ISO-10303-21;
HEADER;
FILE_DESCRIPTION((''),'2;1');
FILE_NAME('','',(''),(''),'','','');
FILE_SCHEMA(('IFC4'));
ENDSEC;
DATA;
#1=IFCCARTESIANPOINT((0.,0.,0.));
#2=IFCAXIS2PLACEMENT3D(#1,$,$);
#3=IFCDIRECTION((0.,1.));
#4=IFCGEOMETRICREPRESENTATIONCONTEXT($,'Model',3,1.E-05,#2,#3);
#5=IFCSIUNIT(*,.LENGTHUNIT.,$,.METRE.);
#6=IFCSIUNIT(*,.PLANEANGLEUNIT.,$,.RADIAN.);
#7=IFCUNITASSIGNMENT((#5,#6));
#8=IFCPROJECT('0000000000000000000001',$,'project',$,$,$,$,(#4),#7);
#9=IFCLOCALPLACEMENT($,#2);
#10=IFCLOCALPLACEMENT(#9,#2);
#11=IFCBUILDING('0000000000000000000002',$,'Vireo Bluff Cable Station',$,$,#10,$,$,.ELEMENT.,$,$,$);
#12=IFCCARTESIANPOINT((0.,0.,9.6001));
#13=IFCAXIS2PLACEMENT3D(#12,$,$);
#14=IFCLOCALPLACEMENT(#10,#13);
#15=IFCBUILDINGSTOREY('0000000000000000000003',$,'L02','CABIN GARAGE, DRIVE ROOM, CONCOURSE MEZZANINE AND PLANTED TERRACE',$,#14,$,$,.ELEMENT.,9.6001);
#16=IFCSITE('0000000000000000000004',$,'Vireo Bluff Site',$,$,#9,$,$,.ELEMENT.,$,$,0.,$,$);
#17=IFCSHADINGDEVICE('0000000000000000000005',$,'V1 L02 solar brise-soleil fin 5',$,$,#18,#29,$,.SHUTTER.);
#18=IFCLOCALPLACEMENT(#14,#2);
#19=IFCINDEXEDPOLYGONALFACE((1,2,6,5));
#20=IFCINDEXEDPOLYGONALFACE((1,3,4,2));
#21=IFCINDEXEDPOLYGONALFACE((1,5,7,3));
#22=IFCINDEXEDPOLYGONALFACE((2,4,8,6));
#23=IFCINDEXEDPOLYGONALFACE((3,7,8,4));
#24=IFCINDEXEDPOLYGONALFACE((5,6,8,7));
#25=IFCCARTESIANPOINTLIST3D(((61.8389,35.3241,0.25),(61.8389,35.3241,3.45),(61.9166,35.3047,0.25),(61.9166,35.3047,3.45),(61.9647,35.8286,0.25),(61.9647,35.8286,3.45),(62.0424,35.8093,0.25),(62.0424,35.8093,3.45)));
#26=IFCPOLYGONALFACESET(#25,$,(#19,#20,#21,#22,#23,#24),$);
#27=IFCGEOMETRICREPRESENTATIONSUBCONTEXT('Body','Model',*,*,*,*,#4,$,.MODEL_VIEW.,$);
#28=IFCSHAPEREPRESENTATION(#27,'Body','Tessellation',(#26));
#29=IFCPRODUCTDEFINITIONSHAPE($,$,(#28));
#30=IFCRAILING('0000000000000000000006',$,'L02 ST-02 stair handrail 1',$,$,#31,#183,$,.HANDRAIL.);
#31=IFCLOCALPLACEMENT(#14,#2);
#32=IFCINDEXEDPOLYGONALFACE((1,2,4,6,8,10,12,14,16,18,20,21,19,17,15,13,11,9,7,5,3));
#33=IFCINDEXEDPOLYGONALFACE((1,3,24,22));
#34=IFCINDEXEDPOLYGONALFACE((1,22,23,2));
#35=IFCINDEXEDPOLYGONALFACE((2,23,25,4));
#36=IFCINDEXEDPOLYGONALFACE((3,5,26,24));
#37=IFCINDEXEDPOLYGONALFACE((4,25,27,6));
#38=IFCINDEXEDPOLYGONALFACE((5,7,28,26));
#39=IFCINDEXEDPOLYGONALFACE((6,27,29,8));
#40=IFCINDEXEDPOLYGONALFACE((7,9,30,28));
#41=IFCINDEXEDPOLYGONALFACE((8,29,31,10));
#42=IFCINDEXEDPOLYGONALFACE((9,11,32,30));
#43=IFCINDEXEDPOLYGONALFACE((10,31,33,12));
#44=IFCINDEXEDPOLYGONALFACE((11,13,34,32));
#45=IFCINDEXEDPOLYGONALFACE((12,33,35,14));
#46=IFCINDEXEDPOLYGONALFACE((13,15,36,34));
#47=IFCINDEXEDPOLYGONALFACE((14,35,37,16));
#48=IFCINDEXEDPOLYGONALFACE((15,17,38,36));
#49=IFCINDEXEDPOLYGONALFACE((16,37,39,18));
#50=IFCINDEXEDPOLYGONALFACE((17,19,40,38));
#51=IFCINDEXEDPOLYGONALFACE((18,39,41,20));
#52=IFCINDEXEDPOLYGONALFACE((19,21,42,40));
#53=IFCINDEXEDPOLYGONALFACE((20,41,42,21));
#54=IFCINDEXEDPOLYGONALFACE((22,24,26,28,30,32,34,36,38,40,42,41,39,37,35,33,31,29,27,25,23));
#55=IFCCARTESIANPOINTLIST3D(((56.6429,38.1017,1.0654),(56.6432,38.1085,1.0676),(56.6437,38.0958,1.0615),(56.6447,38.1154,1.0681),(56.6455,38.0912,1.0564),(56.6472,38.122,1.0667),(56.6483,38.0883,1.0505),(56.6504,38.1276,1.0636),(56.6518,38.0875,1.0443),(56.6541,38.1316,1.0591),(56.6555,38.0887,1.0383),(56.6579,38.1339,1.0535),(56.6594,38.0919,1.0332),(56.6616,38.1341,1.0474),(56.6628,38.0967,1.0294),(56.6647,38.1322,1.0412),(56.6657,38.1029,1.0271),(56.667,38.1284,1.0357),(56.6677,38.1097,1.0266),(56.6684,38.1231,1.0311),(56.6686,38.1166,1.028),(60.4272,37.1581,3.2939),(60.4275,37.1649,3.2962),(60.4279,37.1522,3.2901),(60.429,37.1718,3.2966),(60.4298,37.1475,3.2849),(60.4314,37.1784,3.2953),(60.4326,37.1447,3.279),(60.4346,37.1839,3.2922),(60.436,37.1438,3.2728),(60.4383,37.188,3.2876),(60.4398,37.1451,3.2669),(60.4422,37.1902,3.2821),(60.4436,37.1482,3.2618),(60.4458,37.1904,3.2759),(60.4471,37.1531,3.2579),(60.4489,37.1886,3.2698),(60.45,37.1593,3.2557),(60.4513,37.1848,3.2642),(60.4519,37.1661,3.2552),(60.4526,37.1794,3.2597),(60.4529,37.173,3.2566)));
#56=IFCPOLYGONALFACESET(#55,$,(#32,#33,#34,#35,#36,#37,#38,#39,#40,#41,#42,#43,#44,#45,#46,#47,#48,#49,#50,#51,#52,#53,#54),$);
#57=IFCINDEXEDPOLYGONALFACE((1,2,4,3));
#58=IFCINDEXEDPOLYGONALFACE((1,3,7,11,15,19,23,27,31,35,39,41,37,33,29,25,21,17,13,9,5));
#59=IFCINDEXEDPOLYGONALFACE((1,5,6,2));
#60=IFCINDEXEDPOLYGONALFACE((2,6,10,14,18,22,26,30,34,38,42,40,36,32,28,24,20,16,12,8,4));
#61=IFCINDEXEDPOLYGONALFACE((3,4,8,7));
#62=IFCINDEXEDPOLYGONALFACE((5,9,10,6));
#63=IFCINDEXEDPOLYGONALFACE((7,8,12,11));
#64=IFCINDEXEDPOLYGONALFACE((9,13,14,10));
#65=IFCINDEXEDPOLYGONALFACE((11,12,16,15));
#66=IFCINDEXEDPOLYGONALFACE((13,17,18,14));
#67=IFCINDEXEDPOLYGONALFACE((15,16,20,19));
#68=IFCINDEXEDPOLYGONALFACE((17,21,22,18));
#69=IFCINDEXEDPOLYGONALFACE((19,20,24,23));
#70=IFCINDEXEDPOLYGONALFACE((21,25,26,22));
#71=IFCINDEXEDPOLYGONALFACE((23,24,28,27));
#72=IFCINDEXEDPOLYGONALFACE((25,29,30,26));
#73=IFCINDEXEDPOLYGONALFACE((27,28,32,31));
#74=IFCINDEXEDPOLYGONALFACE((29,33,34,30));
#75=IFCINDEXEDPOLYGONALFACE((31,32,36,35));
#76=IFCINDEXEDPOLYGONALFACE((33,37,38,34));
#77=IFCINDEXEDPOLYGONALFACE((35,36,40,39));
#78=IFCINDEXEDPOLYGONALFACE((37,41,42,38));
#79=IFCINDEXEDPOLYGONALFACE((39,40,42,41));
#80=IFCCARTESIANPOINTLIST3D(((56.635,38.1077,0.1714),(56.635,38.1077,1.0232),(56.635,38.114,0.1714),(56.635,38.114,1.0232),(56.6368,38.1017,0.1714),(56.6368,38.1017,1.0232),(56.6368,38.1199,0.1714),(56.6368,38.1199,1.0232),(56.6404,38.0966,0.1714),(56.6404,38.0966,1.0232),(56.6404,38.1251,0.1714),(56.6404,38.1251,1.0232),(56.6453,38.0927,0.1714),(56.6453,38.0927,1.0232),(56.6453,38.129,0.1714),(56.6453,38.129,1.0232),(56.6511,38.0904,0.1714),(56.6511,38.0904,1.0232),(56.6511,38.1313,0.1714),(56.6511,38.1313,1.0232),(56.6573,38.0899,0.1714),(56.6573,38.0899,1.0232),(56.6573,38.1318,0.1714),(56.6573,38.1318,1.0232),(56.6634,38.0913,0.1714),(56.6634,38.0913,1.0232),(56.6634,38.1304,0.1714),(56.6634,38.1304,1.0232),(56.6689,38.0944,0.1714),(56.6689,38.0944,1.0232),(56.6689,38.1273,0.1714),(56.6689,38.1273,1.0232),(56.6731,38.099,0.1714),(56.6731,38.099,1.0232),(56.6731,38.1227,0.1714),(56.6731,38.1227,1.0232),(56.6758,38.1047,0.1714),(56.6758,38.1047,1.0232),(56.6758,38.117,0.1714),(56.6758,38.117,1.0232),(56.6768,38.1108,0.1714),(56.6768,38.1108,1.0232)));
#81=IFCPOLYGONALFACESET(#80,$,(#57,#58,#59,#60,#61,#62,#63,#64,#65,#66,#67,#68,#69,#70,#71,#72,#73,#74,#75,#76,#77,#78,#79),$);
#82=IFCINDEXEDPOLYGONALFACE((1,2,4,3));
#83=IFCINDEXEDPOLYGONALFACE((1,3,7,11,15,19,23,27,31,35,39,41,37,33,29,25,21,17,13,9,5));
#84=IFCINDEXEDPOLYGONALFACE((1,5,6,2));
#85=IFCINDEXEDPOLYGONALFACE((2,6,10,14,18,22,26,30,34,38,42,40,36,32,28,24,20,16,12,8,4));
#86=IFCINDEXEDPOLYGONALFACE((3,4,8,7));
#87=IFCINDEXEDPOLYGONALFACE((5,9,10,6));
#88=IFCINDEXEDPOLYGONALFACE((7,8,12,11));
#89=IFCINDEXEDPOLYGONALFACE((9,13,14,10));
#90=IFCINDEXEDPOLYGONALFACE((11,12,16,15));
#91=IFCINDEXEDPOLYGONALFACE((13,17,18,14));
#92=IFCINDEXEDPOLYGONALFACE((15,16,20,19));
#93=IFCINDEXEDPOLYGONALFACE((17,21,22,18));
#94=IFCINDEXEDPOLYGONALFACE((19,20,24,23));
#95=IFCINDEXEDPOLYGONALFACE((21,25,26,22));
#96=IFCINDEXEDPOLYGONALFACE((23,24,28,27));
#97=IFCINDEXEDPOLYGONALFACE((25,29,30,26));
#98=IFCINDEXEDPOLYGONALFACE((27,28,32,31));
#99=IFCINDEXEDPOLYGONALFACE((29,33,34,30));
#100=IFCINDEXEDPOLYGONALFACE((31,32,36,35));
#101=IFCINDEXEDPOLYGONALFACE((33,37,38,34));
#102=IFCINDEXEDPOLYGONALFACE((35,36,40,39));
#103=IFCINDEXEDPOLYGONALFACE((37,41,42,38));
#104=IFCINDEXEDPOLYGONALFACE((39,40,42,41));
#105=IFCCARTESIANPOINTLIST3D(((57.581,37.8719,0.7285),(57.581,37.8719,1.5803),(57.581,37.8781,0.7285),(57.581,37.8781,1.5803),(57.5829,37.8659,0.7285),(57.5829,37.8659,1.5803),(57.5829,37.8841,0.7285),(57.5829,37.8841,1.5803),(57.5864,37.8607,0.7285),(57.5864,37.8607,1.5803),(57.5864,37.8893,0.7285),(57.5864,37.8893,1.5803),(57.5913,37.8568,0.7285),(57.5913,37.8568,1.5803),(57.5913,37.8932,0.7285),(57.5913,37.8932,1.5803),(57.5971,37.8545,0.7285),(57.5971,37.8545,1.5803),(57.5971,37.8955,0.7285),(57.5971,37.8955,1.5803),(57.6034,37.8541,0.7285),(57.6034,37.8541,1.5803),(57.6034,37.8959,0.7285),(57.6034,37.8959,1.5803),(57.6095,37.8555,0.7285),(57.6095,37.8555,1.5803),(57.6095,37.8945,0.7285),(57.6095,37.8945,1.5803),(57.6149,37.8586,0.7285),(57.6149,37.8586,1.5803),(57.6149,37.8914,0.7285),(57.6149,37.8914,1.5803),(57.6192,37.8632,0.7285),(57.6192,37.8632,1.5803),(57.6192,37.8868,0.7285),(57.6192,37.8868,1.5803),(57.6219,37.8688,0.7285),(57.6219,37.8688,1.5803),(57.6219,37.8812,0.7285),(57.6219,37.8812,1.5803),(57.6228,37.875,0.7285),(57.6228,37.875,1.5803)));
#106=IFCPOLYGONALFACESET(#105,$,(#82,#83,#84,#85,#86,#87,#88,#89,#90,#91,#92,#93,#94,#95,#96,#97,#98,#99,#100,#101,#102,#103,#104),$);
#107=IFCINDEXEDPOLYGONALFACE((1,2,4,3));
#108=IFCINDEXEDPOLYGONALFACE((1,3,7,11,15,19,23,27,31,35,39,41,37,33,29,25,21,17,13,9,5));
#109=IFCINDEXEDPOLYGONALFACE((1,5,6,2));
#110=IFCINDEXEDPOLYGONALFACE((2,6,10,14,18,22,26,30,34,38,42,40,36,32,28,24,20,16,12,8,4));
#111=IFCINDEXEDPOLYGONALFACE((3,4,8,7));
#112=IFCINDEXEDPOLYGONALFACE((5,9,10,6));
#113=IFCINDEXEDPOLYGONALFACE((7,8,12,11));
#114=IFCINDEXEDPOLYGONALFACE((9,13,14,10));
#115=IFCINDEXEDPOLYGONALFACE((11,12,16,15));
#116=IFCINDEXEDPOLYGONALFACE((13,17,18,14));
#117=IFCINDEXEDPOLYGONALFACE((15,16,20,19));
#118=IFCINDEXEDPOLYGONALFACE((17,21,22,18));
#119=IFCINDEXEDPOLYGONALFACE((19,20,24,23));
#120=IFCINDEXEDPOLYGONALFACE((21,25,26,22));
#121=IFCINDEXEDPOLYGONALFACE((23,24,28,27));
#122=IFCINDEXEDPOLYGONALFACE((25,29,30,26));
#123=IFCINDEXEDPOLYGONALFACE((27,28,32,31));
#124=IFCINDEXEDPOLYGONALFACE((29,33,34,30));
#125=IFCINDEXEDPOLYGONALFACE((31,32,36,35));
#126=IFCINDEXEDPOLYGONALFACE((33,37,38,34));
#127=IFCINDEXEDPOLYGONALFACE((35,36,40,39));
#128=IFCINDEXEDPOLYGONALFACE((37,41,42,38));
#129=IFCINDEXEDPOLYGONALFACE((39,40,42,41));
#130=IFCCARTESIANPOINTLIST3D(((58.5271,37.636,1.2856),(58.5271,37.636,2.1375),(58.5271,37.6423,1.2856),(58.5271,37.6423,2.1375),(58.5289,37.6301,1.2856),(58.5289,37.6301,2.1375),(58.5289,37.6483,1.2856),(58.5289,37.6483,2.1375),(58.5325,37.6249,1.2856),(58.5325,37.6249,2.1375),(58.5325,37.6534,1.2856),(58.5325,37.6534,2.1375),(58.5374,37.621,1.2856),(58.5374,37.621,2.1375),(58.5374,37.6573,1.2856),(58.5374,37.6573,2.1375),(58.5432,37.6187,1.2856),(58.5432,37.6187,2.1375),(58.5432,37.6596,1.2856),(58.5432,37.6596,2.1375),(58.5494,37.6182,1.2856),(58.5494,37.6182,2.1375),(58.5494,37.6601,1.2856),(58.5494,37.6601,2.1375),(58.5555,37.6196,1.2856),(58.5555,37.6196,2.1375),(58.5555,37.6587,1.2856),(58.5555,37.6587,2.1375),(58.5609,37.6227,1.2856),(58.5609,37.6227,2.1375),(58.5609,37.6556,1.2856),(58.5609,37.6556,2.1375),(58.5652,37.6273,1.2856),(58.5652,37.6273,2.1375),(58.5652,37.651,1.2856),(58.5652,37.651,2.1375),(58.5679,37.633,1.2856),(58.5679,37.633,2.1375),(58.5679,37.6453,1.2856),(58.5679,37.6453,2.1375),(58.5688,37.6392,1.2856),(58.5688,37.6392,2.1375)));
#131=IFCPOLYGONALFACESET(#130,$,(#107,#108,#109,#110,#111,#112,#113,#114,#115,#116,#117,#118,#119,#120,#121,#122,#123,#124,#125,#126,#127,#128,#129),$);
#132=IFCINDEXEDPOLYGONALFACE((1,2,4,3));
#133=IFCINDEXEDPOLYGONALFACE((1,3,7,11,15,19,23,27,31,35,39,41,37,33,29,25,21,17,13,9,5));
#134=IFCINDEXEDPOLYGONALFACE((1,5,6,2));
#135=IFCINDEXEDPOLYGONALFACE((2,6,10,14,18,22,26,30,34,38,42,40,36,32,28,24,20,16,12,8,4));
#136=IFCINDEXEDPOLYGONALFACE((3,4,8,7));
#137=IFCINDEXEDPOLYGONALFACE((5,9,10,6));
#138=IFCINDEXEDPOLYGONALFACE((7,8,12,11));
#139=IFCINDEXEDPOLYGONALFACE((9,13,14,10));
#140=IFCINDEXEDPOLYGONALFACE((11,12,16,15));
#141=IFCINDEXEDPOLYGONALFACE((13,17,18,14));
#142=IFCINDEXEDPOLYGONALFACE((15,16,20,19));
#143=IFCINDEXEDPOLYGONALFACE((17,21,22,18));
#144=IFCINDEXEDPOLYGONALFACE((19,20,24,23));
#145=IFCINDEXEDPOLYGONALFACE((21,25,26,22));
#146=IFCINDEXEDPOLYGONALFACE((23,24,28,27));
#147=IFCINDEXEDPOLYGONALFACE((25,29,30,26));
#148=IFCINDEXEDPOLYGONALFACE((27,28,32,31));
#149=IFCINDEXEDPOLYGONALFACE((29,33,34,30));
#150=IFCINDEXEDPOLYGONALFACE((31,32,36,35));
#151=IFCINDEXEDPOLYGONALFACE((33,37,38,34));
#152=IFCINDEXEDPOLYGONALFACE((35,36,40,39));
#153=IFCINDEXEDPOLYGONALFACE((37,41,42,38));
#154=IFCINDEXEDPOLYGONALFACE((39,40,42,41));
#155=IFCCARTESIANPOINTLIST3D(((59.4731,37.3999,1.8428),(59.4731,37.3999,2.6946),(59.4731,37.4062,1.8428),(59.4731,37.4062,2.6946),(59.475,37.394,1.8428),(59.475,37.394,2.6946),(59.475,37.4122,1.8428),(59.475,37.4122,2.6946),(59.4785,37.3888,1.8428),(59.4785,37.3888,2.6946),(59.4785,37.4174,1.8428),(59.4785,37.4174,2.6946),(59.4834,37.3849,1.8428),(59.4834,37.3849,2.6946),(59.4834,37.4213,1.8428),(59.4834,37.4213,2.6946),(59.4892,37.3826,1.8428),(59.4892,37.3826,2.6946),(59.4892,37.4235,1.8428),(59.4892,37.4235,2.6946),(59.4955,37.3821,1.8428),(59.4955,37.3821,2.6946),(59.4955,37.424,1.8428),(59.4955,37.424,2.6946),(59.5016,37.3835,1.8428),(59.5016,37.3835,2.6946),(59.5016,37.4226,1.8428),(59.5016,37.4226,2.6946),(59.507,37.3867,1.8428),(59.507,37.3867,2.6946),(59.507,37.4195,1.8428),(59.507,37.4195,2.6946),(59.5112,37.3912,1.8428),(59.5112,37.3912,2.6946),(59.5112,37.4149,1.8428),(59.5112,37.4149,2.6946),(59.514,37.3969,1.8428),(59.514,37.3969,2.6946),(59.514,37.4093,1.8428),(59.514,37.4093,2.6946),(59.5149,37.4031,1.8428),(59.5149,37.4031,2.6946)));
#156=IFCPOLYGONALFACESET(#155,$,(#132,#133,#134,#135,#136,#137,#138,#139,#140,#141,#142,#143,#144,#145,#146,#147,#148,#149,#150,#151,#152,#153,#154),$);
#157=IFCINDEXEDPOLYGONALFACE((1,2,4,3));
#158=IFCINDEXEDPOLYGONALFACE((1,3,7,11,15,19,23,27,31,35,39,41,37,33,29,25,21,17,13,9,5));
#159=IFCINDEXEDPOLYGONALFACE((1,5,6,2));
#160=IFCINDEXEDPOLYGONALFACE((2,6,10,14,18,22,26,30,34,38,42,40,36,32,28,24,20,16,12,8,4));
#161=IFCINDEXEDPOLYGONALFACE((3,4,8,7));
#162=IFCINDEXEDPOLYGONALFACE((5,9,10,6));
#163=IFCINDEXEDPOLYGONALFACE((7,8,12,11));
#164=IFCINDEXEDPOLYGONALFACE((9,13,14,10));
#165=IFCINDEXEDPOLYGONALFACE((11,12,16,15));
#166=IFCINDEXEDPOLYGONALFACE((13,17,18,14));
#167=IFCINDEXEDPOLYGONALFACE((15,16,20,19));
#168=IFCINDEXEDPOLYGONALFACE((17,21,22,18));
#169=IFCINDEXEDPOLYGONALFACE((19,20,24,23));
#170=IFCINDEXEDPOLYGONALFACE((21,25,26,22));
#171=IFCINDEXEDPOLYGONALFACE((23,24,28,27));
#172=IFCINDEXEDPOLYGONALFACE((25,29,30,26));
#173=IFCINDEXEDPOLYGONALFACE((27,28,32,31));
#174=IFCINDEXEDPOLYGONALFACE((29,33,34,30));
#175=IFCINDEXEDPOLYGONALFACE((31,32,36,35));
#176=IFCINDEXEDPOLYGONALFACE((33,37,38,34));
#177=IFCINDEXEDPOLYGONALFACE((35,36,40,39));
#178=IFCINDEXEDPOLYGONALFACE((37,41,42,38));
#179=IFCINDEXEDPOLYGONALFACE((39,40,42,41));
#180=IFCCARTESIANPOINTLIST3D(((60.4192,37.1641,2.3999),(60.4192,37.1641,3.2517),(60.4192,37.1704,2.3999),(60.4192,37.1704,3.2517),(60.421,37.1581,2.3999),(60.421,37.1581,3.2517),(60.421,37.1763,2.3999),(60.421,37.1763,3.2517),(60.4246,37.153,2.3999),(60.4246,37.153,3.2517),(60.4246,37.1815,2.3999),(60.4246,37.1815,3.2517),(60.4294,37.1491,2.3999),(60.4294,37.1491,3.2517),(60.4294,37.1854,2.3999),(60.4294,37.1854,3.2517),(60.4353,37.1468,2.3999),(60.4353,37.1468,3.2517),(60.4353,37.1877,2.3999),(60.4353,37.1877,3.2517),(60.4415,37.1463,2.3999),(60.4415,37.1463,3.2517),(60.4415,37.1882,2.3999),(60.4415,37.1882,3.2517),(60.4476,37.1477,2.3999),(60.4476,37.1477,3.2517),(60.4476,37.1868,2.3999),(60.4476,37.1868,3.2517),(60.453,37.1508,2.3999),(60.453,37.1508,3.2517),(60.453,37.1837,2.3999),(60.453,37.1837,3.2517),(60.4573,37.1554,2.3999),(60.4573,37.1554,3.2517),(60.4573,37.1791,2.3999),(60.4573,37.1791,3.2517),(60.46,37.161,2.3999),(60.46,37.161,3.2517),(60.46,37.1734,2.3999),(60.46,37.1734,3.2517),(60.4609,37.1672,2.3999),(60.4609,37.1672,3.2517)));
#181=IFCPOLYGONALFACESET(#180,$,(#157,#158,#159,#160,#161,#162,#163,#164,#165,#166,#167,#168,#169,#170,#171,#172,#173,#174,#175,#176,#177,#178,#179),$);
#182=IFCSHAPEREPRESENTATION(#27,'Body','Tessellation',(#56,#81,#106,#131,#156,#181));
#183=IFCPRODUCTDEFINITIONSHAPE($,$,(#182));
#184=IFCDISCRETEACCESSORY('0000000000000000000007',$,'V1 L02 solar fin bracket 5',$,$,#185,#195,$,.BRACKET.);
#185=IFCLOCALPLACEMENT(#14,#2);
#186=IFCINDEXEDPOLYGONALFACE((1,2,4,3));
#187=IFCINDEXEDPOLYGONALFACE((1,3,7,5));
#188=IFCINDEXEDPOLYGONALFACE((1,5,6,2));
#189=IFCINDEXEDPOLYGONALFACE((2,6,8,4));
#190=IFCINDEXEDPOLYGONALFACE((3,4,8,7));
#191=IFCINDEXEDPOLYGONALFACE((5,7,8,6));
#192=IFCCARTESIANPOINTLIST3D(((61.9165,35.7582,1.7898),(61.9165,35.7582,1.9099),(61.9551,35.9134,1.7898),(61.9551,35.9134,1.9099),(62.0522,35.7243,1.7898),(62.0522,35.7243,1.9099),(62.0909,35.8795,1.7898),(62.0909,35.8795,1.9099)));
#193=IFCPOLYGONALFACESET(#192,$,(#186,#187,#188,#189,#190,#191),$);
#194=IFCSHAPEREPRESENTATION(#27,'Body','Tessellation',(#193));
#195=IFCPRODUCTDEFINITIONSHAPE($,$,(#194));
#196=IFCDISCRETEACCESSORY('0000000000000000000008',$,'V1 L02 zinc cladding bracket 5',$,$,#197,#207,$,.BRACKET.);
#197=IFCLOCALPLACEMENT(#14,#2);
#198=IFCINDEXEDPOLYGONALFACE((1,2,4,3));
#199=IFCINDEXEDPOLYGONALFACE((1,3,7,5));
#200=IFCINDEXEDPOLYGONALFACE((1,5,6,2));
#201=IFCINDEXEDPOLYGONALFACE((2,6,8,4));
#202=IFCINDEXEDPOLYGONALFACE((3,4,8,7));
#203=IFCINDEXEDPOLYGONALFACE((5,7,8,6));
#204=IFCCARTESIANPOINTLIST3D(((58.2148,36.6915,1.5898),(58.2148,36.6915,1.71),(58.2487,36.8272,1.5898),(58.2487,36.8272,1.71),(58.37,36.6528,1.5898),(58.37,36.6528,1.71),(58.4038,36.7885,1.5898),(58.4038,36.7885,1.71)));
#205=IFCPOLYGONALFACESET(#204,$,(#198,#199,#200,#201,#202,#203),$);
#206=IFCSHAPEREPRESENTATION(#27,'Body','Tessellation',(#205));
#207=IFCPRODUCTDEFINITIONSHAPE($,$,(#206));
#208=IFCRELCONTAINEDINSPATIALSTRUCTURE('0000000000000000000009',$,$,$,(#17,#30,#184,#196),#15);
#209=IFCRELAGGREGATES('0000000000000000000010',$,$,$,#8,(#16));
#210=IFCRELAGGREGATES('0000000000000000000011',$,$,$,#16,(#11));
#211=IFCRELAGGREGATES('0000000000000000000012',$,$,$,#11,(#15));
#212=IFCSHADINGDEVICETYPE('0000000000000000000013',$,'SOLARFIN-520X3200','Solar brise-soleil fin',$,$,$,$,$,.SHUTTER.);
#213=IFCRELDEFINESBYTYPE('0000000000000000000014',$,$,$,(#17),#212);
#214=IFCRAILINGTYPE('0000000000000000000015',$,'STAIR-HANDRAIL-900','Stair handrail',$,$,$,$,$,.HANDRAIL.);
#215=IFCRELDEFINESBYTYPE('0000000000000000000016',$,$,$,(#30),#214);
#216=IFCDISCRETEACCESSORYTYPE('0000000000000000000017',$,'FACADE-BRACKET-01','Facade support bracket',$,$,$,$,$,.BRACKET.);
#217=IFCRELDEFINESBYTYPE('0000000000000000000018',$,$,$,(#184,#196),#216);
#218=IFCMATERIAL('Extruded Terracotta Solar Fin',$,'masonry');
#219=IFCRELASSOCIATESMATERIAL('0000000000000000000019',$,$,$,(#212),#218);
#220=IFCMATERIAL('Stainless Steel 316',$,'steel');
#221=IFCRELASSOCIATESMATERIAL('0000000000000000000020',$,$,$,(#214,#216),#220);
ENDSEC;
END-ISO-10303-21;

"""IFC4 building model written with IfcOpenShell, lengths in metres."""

from ifc_helpers import new_model, si_unit, direction, frame, origin, origin_2d, place, context, subcontext, project, spatial, rectangle, circle, extrude, material, type_object, element, save


model = new_model("IFC4")

# Units and contexts
model_context = context("Model", 3, precision=1e-05, world=origin(), true_north=direction((0.0, 1.0)))
body_context = subcontext(model_context, "Body", "Model", "MODEL_VIEW")
ifc_project = project(units=[si_unit("LENGTHUNIT", "METRE"), si_unit("PLANEANGLEUNIT", "RADIAN")], contexts=[model_context])

# Site, building, storey
site_placement = place(None, origin())
site = spatial("IfcSite", under=ifc_project, at=site_placement, Name="Vireo Bluff Site", CompositionType="ELEMENT", RefElevation=0.0)
building_placement = place(site_placement, origin())
building = spatial("IfcBuilding", under=site, at=building_placement, Name="Vireo Bluff Cable Station", CompositionType="ELEMENT")
storey_placement = place(building_placement, frame((0.0, 0.0, 9.6001)))
storey = spatial("IfcBuildingStorey", under=building, at=storey_placement, Name="L02", Description="CABIN GARAGE, DRIVE ROOM, CONCOURSE MEZZANINE AND PLANTED TERRACE", CompositionType="ELEMENT", Elevation=9.6001)

# Shading device
ifc_material_1 = material(Name="Extruded Terracotta Solar Fin", Category="masonry")
shading_device_type = type_object("IfcShadingDeviceType", Name="SOLARFIN-520X3200", Description="Solar brise-soleil fin", PredefinedType="SHUTTER", material=ifc_material_1)
shading_device_placement = place(storey_placement, frame((61.9407, 35.5667, 0.25), z_axis=(0.0, 0.0, 1.0), x_axis=(-0.970296, 0.241922, 0.0)))
element("IfcShadingDevice", 1, at=shading_device_placement, inside=storey, type_object=shading_device_type, Name="V1 L02 solar brise-soleil fin 5", PredefinedType="SHUTTER", context=body_context, shape_type="SweptSolid", body=[
    extrude(rectangle(XDim=0.0801, YDim=0.52, at=origin_2d()), origin(), (0.0, 0.0, 1.0), 3.2),
])

# Railing
ifc_material_2 = material(Name="Stainless Steel 316", Category="steel")
railing_type = type_object("IfcRailingType", Name="STAIR-HANDRAIL-900", Description="Stair handrail", PredefinedType="HANDRAIL", material=ifc_material_2)
railing_placement = place(storey_placement, frame((56.6558, 38.1108, 0.1714)))
element("IfcRailing", 2, at=railing_placement, inside=storey, type_object=railing_type, Name="L02 ST-02 stair handrail 1", PredefinedType="HANDRAIL", context=body_context, shape_type="SweptSolid", body=[
    extrude(circle(Radius=0.0239, at=origin_2d()), frame((0.0, 0.0, 0.876), z_axis=(0.842455, -0.21007, 0.496125), x_axis=(0.241946, 0.97029, 0.0)), (0.0, 0.0, 1.0), 4.4919),
    extrude(circle(Radius=0.021, at=origin_2d()), origin(), (0.0, 0.0, 1.0), 0.8518),
    extrude(circle(Radius=0.021, at=origin_2d()), frame((0.946, -0.2358, 0.5571)), (0.0, 0.0, 1.0), 0.8518),
    extrude(circle(Radius=0.021, at=origin_2d()), frame((1.8921, -0.4717, 1.1143)), (0.0, 0.0, 1.0), 0.8518),
    extrude(circle(Radius=0.021, at=origin_2d()), frame((2.8381, -0.7078, 1.6714)), (0.0, 0.0, 1.0), 0.8518),
    extrude(circle(Radius=0.021, at=origin_2d()), frame((3.7842, -0.9436, 2.2285)), (0.0, 0.0, 1.0), 0.8518),
])

# Discrete accessories
discrete_accessory_type = type_object("IfcDiscreteAccessoryType", Name="FACADE-BRACKET-01", Description="Facade support bracket", PredefinedType="BRACKET", material=ifc_material_2)
discrete_accessory_1_placement = place(storey_placement, frame((62.0037, 35.8188, 1.7898), z_axis=(0.0, 0.0, 1.0), x_axis=(-0.970296, 0.241922, 0.0)))
element("IfcDiscreteAccessory", 3, at=discrete_accessory_1_placement, inside=storey, type_object=discrete_accessory_type, Name="V1 L02 solar fin bracket 5", PredefinedType="BRACKET", context=body_context, shape_type="SweptSolid", body=[
    extrude(rectangle(XDim=0.1399, YDim=0.1599, at=origin_2d()), origin(), (0.0, 0.0, 1.0), 0.1201),
])
discrete_accessory_2_placement = place(storey_placement, frame((58.3093, 36.74, 1.5898), z_axis=(0.0, 0.0, 1.0), x_axis=(-0.970296, 0.241922, 0.0)))
element("IfcDiscreteAccessory", 4, at=discrete_accessory_2_placement, inside=storey, type_object=discrete_accessory_type, Name="V1 L02 zinc cladding bracket 5", PredefinedType="BRACKET", context=body_context, shape_type="SweptSolid", body=[
    extrude(rectangle(XDim=0.1599, YDim=0.1399, at=origin_2d()), origin(), (0.0, 0.0, 1.0), 0.1201),
])

save(model, "model.ifc")
